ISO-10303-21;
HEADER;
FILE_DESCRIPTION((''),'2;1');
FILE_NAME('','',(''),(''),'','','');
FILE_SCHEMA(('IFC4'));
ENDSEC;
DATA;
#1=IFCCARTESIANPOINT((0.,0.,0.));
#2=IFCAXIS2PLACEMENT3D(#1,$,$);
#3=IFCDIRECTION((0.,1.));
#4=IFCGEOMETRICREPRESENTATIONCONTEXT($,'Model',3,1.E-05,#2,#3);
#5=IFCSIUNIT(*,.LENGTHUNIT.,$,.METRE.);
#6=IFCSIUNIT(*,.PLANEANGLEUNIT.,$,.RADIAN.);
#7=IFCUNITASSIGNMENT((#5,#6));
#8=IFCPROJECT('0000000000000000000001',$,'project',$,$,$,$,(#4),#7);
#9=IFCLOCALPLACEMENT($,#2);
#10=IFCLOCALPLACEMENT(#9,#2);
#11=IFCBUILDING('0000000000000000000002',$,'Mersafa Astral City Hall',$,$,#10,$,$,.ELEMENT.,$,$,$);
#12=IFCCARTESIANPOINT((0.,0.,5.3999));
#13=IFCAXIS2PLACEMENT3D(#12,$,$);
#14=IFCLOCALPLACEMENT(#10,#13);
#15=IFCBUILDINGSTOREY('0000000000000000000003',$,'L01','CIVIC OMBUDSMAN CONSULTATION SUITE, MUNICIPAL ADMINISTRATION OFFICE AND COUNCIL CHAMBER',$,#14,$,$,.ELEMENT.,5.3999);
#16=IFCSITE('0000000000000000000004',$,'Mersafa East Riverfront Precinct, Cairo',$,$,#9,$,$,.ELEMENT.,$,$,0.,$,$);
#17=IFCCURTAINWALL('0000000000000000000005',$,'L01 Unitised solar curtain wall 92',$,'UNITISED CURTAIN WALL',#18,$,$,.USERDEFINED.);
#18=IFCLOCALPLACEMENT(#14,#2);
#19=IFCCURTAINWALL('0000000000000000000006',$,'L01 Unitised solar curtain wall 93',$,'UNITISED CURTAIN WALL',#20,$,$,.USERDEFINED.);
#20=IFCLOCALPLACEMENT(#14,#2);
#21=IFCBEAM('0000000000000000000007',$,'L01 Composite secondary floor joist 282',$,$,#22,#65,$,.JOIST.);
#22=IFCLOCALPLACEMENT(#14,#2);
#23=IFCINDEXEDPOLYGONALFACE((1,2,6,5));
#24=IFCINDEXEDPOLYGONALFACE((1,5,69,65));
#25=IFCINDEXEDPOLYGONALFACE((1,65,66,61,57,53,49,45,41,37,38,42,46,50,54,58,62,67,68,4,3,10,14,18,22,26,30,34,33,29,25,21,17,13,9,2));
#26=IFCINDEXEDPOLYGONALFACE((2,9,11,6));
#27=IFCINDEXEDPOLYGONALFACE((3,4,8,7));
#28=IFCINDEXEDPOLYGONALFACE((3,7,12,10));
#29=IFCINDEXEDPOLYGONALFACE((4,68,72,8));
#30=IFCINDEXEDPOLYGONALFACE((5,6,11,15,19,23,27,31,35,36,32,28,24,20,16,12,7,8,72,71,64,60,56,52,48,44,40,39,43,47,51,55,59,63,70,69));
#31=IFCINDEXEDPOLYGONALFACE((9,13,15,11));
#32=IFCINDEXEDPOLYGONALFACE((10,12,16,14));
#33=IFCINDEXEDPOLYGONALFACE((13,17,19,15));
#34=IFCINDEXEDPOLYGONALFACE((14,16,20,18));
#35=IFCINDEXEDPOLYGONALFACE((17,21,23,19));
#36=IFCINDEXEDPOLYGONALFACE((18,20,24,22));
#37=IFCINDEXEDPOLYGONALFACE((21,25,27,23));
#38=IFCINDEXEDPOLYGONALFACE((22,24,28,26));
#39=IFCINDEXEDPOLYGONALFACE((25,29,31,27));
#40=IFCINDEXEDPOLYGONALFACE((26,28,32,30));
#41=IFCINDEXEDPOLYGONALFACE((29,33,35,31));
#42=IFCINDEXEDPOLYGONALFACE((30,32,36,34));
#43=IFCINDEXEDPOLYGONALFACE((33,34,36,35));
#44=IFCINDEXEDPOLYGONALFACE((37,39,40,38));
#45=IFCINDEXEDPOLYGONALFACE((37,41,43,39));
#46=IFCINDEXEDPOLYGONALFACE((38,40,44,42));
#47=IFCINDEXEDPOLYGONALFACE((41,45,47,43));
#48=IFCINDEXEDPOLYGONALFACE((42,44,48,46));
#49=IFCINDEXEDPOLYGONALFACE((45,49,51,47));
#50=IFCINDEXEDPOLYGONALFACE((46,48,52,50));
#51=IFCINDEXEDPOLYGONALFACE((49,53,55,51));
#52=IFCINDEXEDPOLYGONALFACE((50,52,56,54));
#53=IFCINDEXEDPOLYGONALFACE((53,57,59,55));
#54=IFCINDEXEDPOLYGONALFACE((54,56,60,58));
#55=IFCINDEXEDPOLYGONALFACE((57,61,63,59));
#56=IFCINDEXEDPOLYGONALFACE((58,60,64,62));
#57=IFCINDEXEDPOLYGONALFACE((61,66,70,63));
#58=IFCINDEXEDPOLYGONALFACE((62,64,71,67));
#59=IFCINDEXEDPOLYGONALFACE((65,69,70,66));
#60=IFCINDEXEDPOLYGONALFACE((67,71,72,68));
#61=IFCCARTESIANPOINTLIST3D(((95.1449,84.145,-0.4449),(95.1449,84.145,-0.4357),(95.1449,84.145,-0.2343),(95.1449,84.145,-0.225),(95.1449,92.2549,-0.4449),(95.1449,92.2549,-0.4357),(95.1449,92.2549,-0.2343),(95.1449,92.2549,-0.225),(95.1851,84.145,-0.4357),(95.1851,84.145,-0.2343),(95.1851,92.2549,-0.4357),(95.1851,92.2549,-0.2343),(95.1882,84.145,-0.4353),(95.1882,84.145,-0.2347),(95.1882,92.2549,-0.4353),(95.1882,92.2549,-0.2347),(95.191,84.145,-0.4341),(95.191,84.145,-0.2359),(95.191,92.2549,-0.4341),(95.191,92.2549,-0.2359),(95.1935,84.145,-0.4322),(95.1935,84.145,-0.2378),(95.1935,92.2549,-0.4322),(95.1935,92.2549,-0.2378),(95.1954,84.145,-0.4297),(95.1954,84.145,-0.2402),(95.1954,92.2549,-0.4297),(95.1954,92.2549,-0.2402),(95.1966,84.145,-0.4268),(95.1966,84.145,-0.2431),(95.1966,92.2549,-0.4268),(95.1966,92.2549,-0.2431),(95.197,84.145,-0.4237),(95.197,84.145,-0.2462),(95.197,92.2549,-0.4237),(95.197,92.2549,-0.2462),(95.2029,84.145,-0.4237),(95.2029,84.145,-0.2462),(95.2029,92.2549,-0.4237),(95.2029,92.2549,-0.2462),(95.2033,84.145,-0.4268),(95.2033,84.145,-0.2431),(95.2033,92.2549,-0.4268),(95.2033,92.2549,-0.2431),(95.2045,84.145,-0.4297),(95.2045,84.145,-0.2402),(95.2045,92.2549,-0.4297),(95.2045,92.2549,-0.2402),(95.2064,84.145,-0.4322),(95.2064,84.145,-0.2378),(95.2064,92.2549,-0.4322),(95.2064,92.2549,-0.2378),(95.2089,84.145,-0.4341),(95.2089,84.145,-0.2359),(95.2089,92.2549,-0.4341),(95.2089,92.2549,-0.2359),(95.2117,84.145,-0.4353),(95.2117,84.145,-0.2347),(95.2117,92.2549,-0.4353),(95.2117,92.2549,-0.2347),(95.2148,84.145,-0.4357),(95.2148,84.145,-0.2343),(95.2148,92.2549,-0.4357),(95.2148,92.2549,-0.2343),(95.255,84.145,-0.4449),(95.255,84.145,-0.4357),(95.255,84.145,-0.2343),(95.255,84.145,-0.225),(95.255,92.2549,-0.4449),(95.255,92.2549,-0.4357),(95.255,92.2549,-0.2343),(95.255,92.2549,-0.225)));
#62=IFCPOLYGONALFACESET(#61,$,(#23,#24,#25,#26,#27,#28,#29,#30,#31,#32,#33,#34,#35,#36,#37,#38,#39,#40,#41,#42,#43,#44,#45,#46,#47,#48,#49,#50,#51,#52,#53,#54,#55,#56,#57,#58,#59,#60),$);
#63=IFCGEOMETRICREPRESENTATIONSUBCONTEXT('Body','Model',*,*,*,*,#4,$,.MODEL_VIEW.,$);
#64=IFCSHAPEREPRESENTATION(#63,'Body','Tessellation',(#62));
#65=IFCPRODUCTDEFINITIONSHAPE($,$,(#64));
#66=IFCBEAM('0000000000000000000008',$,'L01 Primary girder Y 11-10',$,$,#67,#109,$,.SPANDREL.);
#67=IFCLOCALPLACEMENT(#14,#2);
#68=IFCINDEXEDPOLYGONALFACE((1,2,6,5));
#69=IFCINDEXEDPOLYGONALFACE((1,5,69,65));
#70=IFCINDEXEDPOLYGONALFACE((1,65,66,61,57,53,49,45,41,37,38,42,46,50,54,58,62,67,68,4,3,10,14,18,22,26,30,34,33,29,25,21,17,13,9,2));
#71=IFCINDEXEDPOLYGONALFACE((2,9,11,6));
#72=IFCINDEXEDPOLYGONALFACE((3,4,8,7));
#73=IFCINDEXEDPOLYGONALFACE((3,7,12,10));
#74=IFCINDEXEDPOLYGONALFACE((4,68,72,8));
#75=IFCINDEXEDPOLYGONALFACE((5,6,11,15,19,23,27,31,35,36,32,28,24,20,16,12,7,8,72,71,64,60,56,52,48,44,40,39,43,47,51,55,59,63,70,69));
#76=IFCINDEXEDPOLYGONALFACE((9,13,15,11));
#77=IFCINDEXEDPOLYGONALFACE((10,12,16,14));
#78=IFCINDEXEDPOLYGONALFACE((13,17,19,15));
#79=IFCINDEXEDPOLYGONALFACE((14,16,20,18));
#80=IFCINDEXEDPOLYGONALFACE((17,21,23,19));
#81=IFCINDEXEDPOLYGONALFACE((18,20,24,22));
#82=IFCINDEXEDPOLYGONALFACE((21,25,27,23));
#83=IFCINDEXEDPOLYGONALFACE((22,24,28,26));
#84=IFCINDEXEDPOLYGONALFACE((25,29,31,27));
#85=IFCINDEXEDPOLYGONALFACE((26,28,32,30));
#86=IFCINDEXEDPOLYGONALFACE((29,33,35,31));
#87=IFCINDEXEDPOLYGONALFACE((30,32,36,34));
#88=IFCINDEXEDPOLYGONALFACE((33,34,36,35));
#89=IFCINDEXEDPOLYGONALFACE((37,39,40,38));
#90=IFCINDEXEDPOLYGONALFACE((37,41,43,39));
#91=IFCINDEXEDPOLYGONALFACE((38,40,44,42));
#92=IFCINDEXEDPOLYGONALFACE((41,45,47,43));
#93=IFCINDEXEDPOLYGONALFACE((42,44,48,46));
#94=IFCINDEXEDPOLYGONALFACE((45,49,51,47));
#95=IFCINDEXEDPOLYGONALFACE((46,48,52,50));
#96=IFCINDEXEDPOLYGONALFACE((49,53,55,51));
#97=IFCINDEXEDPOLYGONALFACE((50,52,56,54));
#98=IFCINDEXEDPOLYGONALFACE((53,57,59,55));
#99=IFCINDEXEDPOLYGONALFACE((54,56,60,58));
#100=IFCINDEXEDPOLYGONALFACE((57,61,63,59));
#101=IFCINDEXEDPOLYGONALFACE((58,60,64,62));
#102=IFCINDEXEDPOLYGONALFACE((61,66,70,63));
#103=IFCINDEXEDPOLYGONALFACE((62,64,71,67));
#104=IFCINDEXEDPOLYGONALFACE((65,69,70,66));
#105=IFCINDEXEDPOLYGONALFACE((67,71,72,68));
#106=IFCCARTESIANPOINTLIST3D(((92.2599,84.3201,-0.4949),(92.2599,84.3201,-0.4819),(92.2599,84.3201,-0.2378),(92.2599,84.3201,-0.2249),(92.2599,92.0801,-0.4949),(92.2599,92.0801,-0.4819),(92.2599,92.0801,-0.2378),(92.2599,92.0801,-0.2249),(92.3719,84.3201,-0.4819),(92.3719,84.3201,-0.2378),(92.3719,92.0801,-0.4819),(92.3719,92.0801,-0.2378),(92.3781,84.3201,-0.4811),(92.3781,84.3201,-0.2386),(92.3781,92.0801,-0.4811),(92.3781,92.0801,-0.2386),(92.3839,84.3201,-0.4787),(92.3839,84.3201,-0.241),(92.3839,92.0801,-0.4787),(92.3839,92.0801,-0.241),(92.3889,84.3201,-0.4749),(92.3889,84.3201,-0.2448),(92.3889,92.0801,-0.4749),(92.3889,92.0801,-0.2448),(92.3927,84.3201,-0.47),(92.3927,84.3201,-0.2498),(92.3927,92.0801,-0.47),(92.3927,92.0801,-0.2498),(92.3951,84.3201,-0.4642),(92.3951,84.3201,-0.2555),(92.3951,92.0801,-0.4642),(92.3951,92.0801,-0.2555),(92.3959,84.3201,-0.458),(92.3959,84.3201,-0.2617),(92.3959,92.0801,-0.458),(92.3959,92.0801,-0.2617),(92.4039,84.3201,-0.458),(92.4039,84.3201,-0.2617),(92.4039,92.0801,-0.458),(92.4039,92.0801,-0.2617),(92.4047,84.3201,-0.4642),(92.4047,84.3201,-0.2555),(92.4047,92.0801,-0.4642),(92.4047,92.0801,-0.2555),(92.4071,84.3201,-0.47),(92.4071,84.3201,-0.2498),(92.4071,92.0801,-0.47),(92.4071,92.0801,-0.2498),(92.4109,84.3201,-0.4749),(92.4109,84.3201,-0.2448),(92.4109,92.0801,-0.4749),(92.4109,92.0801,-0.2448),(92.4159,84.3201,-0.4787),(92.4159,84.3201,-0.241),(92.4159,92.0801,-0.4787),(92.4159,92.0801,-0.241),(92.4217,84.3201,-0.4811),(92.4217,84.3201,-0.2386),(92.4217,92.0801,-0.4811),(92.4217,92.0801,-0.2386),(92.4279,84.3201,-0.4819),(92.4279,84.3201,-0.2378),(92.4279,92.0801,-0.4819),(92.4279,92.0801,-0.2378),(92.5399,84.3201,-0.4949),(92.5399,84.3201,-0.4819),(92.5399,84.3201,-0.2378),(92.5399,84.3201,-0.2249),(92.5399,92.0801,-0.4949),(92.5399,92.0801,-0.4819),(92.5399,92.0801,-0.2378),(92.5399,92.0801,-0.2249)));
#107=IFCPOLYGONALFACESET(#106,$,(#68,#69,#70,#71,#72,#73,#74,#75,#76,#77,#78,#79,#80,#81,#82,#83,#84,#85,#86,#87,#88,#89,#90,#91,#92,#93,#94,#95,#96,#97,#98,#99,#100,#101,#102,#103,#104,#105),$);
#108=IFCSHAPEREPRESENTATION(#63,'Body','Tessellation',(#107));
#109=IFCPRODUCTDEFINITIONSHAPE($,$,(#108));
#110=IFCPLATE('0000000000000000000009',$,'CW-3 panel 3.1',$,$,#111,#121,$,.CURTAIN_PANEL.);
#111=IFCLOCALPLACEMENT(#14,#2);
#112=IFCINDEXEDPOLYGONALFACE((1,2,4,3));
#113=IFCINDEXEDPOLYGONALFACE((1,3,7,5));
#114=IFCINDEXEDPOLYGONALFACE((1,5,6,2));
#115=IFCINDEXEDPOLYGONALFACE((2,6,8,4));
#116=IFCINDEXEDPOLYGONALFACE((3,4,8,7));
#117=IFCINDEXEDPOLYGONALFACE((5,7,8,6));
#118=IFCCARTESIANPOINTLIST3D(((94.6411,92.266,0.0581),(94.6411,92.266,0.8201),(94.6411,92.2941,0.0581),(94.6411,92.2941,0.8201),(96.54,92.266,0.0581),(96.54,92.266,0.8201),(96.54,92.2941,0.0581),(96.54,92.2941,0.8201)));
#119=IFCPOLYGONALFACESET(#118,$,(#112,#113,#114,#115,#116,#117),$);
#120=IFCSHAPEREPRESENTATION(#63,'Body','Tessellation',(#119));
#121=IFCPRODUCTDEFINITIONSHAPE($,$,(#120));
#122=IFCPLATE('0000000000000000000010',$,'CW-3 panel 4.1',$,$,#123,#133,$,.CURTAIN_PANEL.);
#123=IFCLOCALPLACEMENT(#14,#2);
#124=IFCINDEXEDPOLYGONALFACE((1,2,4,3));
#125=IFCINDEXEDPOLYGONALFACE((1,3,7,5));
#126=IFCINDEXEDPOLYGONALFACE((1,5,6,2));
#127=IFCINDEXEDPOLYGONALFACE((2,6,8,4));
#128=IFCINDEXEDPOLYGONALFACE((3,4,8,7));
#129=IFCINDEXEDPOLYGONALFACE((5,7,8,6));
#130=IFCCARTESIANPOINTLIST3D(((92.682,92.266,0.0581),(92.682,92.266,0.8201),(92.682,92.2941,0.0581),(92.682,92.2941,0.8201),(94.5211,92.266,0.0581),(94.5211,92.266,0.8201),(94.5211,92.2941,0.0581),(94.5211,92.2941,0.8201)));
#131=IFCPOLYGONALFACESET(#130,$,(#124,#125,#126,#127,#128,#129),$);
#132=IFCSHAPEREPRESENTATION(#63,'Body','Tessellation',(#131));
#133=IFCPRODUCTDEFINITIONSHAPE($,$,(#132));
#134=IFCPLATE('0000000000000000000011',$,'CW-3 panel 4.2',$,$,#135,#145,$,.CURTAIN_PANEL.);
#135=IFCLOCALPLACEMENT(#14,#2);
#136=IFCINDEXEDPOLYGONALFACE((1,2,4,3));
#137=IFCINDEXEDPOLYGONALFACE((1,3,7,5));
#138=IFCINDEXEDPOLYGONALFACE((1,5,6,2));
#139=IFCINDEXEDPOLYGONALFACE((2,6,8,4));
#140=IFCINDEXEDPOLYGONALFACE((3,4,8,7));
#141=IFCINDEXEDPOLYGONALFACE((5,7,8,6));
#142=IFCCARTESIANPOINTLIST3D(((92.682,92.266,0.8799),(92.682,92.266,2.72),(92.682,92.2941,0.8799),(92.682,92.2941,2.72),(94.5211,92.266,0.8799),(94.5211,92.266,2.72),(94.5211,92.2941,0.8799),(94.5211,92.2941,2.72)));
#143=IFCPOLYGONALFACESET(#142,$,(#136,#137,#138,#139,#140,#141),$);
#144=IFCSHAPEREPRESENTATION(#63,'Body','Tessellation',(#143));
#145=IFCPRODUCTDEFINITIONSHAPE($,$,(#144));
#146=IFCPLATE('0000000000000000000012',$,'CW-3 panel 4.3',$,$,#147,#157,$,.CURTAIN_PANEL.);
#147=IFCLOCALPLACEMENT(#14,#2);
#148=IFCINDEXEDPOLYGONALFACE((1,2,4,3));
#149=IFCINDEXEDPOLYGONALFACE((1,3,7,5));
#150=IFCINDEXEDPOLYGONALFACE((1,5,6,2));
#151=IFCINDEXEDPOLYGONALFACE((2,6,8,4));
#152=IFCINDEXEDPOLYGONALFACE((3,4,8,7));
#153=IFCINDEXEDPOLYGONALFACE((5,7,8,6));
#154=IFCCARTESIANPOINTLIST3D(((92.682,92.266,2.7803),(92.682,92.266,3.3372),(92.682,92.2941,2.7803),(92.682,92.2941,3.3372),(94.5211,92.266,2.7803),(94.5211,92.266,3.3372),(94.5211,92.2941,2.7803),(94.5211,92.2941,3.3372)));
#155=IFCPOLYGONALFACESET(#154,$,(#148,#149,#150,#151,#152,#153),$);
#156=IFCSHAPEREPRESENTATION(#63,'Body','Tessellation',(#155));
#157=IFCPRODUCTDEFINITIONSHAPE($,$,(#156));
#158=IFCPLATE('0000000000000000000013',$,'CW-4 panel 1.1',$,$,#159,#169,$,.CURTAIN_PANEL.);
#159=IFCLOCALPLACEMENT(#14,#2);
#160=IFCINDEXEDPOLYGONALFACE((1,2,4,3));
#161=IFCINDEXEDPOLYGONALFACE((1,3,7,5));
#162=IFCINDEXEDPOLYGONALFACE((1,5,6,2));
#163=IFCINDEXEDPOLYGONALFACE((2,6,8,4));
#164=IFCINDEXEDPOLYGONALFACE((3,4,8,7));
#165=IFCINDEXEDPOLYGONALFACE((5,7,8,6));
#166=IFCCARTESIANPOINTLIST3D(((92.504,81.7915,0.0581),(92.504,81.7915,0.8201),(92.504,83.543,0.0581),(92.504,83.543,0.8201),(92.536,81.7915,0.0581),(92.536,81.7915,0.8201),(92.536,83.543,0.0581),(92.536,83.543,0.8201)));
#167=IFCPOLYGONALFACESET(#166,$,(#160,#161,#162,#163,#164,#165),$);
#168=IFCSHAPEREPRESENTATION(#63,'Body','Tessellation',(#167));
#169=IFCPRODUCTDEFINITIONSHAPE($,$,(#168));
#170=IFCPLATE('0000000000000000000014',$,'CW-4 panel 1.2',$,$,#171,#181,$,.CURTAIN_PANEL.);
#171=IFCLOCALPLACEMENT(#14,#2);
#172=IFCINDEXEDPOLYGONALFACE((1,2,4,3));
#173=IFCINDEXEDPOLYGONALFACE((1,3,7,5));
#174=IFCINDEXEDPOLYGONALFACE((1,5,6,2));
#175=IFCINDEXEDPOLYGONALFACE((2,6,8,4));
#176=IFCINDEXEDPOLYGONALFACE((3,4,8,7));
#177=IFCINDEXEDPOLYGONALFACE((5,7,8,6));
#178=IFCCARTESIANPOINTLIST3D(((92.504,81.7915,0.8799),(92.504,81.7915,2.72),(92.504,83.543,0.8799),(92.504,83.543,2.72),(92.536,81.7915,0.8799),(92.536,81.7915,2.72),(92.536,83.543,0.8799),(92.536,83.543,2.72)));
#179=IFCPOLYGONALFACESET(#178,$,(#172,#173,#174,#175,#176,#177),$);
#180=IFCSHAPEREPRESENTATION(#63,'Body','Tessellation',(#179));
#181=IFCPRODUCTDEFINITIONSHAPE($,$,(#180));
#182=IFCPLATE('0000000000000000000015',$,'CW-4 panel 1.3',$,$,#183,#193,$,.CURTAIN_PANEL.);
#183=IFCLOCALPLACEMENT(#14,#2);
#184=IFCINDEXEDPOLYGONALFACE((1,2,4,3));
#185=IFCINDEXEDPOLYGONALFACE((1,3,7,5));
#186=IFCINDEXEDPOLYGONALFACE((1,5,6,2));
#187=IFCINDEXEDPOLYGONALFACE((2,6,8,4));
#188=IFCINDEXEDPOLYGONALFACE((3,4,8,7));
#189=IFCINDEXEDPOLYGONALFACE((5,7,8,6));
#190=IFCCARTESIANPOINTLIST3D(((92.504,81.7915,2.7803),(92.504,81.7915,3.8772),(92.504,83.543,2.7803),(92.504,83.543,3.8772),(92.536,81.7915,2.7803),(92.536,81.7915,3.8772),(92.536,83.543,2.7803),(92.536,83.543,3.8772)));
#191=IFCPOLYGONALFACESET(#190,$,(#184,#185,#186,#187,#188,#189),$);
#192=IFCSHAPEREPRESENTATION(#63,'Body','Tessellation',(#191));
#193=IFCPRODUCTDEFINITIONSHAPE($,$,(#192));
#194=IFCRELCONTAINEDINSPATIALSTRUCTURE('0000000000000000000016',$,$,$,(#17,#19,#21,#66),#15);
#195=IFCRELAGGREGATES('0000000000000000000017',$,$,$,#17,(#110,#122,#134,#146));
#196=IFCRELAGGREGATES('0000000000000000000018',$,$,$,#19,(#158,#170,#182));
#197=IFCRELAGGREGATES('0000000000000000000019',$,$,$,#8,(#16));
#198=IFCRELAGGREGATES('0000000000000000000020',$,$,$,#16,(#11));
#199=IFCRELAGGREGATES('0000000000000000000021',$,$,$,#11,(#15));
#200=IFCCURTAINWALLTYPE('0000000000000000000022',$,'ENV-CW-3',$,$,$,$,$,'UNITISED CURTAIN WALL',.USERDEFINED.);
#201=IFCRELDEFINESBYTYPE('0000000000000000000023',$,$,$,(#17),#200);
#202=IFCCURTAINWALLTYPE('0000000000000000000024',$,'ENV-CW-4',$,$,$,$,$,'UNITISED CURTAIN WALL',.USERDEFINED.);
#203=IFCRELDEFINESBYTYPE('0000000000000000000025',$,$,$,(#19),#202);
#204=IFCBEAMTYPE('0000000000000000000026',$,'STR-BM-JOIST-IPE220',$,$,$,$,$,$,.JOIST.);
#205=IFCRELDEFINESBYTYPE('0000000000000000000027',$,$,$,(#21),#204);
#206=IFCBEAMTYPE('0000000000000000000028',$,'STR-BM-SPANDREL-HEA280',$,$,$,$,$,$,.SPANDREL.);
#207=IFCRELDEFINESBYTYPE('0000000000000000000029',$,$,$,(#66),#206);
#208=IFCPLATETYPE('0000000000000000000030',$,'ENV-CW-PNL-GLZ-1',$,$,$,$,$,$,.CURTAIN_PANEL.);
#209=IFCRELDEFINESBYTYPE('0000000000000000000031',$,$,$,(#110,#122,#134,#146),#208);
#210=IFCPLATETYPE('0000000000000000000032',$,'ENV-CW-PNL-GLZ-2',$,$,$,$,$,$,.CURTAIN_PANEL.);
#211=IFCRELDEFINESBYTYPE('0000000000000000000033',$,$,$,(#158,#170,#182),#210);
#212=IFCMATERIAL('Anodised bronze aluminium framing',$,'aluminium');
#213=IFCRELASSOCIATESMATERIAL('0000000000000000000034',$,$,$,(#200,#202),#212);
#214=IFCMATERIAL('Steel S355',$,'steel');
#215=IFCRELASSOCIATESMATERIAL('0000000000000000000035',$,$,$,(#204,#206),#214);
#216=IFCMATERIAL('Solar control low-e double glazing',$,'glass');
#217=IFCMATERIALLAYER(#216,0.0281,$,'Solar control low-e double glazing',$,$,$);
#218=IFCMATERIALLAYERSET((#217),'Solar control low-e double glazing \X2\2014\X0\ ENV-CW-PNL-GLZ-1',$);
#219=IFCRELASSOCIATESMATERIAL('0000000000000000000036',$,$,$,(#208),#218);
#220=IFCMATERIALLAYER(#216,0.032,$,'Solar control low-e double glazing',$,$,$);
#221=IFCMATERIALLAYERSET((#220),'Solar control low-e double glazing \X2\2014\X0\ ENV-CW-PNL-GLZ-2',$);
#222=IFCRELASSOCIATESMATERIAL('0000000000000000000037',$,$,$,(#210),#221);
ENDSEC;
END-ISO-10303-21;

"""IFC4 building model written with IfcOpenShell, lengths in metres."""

from ifc_helpers import new_model, si_unit, direction, frame, origin, origin_2d, place, context, subcontext, project, spatial, rectangle, i_section, extrude, material, layer, layer_set, material_profile, profile_set, type_object, element, aggregate, save


model = new_model("IFC4")

# Units and contexts
model_context = context("Model", 3, precision=1e-05, world=origin(), true_north=direction((0.0, 1.0)))
body_context = subcontext(model_context, "Body", "Model", "MODEL_VIEW")
ifc_project = project(units=[si_unit("LENGTHUNIT", "METRE"), si_unit("PLANEANGLEUNIT", "RADIAN")], contexts=[model_context])

# Site, building, storey
site_placement = place(None, origin())
site = spatial("IfcSite", under=ifc_project, at=site_placement, Name="Mersafa East Riverfront Precinct, Cairo", CompositionType="ELEMENT", RefElevation=0.0)
building_placement = place(site_placement, origin())
building = spatial("IfcBuilding", under=site, at=building_placement, Name="Mersafa Astral City Hall", CompositionType="ELEMENT")
storey_placement = place(building_placement, frame((0.0, 0.0, 5.3999)))
storey = spatial("IfcBuildingStorey", under=building, at=storey_placement, Name="L01", Description="CIVIC OMBUDSMAN CONSULTATION SUITE, MUNICIPAL ADMINISTRATION OFFICE AND COUNCIL CHAMBER", CompositionType="ELEMENT", Elevation=5.3999)

# Shared definitions
ifc_material_1 = material(Name="Steel S355", Category="steel")

# Curtain walls
ifc_material_2 = material(Name="Anodised bronze aluminium framing", Category="aluminium")
curtain_wall_type_1 = type_object("IfcCurtainWallType", Name="ENV-CW-3", ElementType="UNITISED CURTAIN WALL", PredefinedType="USERDEFINED", material=ifc_material_2)
curtain_wall_1_placement = place(storey_placement, origin())
curtain_wall_1 = element("IfcCurtainWall", 1, at=curtain_wall_1_placement, inside=storey, type_object=curtain_wall_type_1, Name="L01 Unitised solar curtain wall 92", ObjectType="UNITISED CURTAIN WALL", PredefinedType="USERDEFINED")
curtain_wall_type_2 = type_object("IfcCurtainWallType", Name="ENV-CW-4", ElementType="UNITISED CURTAIN WALL", PredefinedType="USERDEFINED", material=ifc_material_2)
curtain_wall_2_placement = place(storey_placement, origin())
curtain_wall_2 = element("IfcCurtainWall", 2, at=curtain_wall_2_placement, inside=storey, type_object=curtain_wall_type_2, Name="L01 Unitised solar curtain wall 93", ObjectType="UNITISED CURTAIN WALL", PredefinedType="USERDEFINED")

# Beams
ifc_material_profile_1 = material_profile(ifc_material_1, i_section(OverallWidth=0.1101, OverallDepth=0.22, WebThickness=0.0059, FlangeThickness=0.0093, FilletRadius=0.012, at=origin_2d()), Name="IPE 220")
ifc_profile_set_1 = profile_set([ifc_material_profile_1], Name="Steel S355")
beam_type_1 = type_object("IfcBeamType", Name="STR-BM-JOIST-IPE220", PredefinedType="JOIST", material=ifc_profile_set_1)
beam_1_placement = place(storey_placement, frame((95.2, 84.145, -0.335), z_axis=(0.0, 1.0, 0.0), x_axis=(-1.0, 0.0, 0.0)))
element("IfcBeam", 3, at=beam_1_placement, inside=storey, type_object=beam_type_1, Name="L01 Composite secondary floor joist 282", PredefinedType="JOIST", context=body_context, shape_type="SweptSolid", body=[
    extrude(i_section(OverallWidth=0.1101, OverallDepth=0.22, WebThickness=0.0059, FlangeThickness=0.0093, FilletRadius=0.012, at=origin_2d()), origin(), (0.0, 0.0, 1.0), 8.1099),
])
ifc_material_profile_2 = material_profile(ifc_material_1, i_section(OverallWidth=0.28, OverallDepth=0.27, WebThickness=0.0081, FlangeThickness=0.0129, FilletRadius=0.0239, at=origin_2d()), Name="HEA 280")
ifc_profile_set_2 = profile_set([ifc_material_profile_2], Name="Steel S355")
beam_type_2 = type_object("IfcBeamType", Name="STR-BM-SPANDREL-HEA280", PredefinedType="SPANDREL", material=ifc_profile_set_2)
beam_2_placement = place(storey_placement, frame((92.3999, 84.3201, -0.3599), z_axis=(0.0, 1.0, 0.0), x_axis=(-1.0, 0.0, 0.0)))
element("IfcBeam", 4, at=beam_2_placement, inside=storey, type_object=beam_type_2, Name="L01 Primary girder Y 11-10", PredefinedType="SPANDREL", context=body_context, shape_type="SweptSolid", body=[
    extrude(i_section(OverallWidth=0.28, OverallDepth=0.27, WebThickness=0.0081, FlangeThickness=0.0129, FilletRadius=0.0239, at=origin_2d()), origin(), (0.0, 0.0, 1.0), 7.76),
])

# Plates
ifc_material_3 = material(Name="Solar control low-e double glazing", Category="glass")
ifc_layer_1 = layer(ifc_material_3, 0.0281, Name="Solar control low-e double glazing")
ifc_layer_set_1 = layer_set([ifc_layer_1], Name="Solar control low-e double glazing — ENV-CW-PNL-GLZ-1")
plate_type_1 = type_object("IfcPlateType", Name="ENV-CW-PNL-GLZ-1", PredefinedType="CURTAIN_PANEL", material=ifc_layer_set_1)
plate_1_placement = place(storey_placement, frame((95.5906, 92.28, 0.0581), z_axis=(0.0, 0.0, 1.0), x_axis=(-1.0, 0.0, 0.0)))
plate_1 = element("IfcPlate", 5, at=plate_1_placement, type_object=plate_type_1, Name="CW-3 panel 3.1", PredefinedType="CURTAIN_PANEL", context=body_context, shape_type="SweptSolid", body=[
    extrude(rectangle(XDim=1.8989, YDim=0.0281, at=origin_2d()), origin(), (0.0, 0.0, 1.0), 0.762),
])
plate_2_placement = place(storey_placement, frame((93.6016, 92.28, 0.0581), z_axis=(0.0, 0.0, 1.0), x_axis=(-1.0, 0.0, 0.0)))
plate_2 = element("IfcPlate", 6, at=plate_2_placement, type_object=plate_type_1, Name="CW-3 panel 4.1", PredefinedType="CURTAIN_PANEL", context=body_context, shape_type="SweptSolid", body=[
    extrude(rectangle(XDim=1.8391, YDim=0.0281, at=origin_2d()), origin(), (0.0, 0.0, 1.0), 0.762),
])
plate_3_placement = place(storey_placement, frame((93.6016, 92.28, 0.8799), z_axis=(0.0, 0.0, 1.0), x_axis=(-1.0, 0.0, 0.0)))
plate_3 = element("IfcPlate", 7, at=plate_3_placement, type_object=plate_type_1, Name="CW-3 panel 4.2", PredefinedType="CURTAIN_PANEL", context=body_context, shape_type="SweptSolid", body=[
    extrude(rectangle(XDim=1.8391, YDim=0.0281, at=origin_2d()), origin(), (0.0, 0.0, 1.0), 1.8401),
])
plate_4_placement = place(storey_placement, frame((93.6016, 92.28, 2.7803), z_axis=(0.0, 0.0, 1.0), x_axis=(-1.0, 0.0, 0.0)))
plate_4 = element("IfcPlate", 8, at=plate_4_placement, type_object=plate_type_1, Name="CW-3 panel 4.3", PredefinedType="CURTAIN_PANEL", context=body_context, shape_type="SweptSolid", body=[
    extrude(rectangle(XDim=1.8391, YDim=0.0281, at=origin_2d()), origin(), (0.0, 0.0, 1.0), 0.5569),
])
aggregate(curtain_wall_1, [plate_1, plate_2, plate_3, plate_4])
ifc_layer_2 = layer(ifc_material_3, 0.032, Name="Solar control low-e double glazing")
ifc_layer_set_2 = layer_set([ifc_layer_2], Name="Solar control low-e double glazing — ENV-CW-PNL-GLZ-2")
plate_type_2 = type_object("IfcPlateType", Name="ENV-CW-PNL-GLZ-2", PredefinedType="CURTAIN_PANEL", material=ifc_layer_set_2)
plate_5_placement = place(storey_placement, frame((92.52, 82.6672, 0.0581), z_axis=(0.0, 0.0, 1.0), x_axis=(0.0, -1.0, 0.0)))
plate_5 = element("IfcPlate", 9, at=plate_5_placement, type_object=plate_type_2, Name="CW-4 panel 1.1", PredefinedType="CURTAIN_PANEL", context=body_context, shape_type="SweptSolid", body=[
    extrude(rectangle(XDim=1.7515, YDim=0.032, at=origin_2d()), origin(), (0.0, 0.0, 1.0), 0.762),
])
plate_6_placement = place(storey_placement, frame((92.52, 82.6672, 0.8799), z_axis=(0.0, 0.0, 1.0), x_axis=(0.0, -1.0, 0.0)))
plate_6 = element("IfcPlate", 10, at=plate_6_placement, type_object=plate_type_2, Name="CW-4 panel 1.2", PredefinedType="CURTAIN_PANEL", context=body_context, shape_type="SweptSolid", body=[
    extrude(rectangle(XDim=1.7515, YDim=0.032, at=origin_2d()), origin(), (0.0, 0.0, 1.0), 1.8401),
])
plate_7_placement = place(storey_placement, frame((92.52, 82.6672, 2.7803), z_axis=(0.0, 0.0, 1.0), x_axis=(0.0, -1.0, 0.0)))
plate_7 = element("IfcPlate", 11, at=plate_7_placement, type_object=plate_type_2, Name="CW-4 panel 1.3", PredefinedType="CURTAIN_PANEL", context=body_context, shape_type="SweptSolid", body=[
    extrude(rectangle(XDim=1.7515, YDim=0.032, at=origin_2d()), origin(), (0.0, 0.0, 1.0), 1.0969),
])
aggregate(curtain_wall_2, [plate_5, plate_6, plate_7])

save(model, "model.ifc")
